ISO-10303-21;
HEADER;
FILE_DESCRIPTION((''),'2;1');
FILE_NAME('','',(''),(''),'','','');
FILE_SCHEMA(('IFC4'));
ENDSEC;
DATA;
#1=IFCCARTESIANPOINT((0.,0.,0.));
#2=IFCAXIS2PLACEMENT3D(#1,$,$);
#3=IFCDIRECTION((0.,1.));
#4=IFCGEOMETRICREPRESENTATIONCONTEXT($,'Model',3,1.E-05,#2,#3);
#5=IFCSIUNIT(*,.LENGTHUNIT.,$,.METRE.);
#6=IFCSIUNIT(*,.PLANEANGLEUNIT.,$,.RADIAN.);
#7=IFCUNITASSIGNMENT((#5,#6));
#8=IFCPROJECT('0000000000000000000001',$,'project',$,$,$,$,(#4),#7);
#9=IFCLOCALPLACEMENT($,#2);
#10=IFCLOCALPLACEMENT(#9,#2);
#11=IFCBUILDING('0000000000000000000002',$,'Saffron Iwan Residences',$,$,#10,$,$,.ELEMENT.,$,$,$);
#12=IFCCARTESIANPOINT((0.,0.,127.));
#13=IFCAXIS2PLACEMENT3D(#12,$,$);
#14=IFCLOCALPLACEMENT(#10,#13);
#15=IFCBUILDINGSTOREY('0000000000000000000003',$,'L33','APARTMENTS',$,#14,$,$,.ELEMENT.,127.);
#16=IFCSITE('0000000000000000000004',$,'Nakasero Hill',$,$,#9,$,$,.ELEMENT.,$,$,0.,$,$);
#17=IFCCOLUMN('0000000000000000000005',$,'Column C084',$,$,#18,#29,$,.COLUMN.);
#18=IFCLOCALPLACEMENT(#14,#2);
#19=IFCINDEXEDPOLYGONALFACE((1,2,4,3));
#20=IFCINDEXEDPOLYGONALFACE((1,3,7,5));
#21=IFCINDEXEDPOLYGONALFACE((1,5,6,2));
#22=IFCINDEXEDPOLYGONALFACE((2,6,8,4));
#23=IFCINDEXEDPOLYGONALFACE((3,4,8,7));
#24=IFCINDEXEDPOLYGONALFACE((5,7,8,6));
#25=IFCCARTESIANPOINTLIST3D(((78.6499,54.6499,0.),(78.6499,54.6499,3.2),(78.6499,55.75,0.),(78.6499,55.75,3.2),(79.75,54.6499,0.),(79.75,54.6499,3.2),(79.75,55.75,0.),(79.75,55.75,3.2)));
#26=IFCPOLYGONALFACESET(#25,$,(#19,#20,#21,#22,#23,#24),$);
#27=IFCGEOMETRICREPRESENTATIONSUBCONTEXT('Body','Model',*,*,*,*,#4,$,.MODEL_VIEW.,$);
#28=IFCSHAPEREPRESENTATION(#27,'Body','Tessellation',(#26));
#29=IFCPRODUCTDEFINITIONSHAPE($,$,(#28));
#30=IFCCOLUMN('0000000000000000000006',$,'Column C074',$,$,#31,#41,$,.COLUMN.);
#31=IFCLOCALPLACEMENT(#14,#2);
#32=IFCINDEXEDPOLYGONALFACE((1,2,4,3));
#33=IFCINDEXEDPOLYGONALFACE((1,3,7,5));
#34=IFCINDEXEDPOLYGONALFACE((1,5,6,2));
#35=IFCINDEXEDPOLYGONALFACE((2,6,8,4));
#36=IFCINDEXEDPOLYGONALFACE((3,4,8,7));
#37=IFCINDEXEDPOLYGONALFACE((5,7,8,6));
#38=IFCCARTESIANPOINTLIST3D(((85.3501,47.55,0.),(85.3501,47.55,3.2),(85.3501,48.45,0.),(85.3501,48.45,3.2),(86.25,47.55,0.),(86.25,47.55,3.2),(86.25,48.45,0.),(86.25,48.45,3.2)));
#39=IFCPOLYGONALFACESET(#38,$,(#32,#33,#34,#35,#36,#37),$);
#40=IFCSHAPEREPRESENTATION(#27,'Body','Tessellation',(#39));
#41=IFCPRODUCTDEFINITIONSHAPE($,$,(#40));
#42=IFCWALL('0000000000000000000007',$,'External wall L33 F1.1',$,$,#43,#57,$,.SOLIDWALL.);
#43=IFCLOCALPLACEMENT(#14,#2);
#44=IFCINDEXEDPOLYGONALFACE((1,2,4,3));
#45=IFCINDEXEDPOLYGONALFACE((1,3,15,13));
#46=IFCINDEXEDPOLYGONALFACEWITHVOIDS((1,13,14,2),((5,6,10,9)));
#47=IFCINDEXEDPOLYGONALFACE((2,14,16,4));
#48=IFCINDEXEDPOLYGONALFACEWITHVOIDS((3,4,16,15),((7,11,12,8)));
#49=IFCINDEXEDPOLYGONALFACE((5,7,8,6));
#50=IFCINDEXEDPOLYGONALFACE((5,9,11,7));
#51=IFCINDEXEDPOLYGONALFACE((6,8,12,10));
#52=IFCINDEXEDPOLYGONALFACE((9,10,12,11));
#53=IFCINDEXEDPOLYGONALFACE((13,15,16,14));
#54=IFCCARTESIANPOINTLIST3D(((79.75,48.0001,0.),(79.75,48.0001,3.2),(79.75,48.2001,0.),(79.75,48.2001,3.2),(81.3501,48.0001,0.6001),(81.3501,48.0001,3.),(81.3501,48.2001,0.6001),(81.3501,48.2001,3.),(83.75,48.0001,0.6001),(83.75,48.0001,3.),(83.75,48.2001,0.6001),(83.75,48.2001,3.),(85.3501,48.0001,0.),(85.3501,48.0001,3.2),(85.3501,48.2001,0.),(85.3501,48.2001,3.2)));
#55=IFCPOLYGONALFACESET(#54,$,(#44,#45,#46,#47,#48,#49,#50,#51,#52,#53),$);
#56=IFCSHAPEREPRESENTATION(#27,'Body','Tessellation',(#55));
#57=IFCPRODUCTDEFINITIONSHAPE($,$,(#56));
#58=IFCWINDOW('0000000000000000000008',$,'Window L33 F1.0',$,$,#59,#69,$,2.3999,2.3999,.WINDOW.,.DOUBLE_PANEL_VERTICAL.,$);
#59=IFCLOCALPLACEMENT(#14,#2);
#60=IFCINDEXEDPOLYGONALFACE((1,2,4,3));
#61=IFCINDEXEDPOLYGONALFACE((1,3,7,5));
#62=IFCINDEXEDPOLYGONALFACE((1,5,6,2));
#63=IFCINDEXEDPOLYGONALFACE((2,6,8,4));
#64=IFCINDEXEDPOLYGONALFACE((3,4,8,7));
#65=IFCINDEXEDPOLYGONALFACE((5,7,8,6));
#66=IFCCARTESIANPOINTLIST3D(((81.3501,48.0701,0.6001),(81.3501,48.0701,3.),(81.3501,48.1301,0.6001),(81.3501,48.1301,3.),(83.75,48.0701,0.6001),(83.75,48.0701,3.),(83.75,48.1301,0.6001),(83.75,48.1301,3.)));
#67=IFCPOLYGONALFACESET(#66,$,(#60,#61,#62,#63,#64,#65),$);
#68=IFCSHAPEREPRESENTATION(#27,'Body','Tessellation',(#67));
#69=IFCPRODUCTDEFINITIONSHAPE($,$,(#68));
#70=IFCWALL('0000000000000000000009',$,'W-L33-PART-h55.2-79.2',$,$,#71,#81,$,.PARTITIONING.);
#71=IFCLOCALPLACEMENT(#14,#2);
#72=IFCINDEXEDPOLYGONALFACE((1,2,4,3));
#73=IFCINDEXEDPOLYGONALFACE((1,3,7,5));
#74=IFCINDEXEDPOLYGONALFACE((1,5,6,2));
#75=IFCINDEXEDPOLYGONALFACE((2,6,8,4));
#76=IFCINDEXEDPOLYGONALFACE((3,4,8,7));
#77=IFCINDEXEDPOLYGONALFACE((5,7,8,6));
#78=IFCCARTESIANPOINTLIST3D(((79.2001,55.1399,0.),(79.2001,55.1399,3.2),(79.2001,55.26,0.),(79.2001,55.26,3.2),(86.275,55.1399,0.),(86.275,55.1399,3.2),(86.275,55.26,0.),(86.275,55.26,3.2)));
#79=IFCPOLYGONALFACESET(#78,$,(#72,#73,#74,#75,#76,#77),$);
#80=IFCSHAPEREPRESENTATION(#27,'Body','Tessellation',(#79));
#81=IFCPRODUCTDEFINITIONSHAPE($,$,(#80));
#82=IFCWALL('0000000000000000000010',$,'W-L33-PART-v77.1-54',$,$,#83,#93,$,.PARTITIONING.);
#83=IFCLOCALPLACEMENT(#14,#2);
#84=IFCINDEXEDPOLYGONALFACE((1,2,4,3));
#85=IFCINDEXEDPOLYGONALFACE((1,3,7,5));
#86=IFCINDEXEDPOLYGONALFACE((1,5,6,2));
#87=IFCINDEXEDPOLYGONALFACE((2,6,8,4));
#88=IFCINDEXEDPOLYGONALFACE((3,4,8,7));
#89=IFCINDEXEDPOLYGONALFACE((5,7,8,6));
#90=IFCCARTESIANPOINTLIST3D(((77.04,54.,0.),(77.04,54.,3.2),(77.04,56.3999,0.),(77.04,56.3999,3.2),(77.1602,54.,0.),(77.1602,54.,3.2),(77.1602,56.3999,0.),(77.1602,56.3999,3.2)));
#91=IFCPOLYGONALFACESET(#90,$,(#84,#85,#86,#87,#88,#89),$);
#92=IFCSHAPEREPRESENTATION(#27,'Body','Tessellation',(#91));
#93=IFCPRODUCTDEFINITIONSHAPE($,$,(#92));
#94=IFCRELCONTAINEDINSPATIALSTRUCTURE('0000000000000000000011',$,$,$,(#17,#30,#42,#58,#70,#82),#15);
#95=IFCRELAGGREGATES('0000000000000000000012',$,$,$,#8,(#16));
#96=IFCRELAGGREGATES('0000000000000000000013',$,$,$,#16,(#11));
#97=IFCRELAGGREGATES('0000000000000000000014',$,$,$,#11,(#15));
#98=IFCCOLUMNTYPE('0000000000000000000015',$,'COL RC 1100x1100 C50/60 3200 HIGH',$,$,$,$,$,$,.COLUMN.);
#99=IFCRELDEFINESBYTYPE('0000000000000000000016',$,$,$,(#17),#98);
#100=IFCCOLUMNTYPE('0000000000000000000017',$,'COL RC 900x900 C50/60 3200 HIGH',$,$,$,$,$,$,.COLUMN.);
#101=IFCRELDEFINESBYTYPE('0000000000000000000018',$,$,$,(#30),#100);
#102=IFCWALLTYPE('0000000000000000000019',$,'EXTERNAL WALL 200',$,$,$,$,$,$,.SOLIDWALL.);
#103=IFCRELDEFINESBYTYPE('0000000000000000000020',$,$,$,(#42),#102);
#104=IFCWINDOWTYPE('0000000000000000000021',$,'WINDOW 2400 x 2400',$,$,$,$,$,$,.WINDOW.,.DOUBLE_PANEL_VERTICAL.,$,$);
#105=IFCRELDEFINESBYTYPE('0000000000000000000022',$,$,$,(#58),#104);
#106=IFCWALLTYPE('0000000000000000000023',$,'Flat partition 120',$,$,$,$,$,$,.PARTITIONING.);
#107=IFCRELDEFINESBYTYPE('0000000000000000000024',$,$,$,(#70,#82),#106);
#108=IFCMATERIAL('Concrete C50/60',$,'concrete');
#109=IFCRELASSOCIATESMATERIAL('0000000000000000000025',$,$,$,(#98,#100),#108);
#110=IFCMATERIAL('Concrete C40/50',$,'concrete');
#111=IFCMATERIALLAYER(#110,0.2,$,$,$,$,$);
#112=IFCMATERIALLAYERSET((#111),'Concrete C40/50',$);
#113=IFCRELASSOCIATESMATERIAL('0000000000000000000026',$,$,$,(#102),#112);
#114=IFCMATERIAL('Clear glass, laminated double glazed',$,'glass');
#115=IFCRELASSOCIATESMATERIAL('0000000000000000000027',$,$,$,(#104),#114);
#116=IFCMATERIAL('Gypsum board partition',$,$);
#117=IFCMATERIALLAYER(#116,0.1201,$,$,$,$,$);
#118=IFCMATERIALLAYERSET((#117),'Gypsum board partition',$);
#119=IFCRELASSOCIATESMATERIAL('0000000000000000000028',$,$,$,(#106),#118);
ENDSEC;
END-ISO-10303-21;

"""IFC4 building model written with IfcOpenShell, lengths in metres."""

from ifc_helpers import new_model, si_unit, direction, frame, frame_2d, origin, origin_2d, place, context, subcontext, project, spatial, rectangle, extrude, source, transform, mapped, material, layer, layer_set, material_profile, profile_set, type_object, element, fill, save


model = new_model("IFC4")

# Units and contexts
model_context = context("Model", 3, precision=1e-05, world=origin(), true_north=direction((0.0, 1.0)))
body_context = subcontext(model_context, "Body", "Model", "MODEL_VIEW")
ifc_project = project(units=[si_unit("LENGTHUNIT", "METRE"), si_unit("PLANEANGLEUNIT", "RADIAN")], contexts=[model_context])

# Site, building, storey
site_placement = place(None, origin())
site = spatial("IfcSite", under=ifc_project, at=site_placement, Name="Nakasero Hill", CompositionType="ELEMENT", RefElevation=0.0)
building_placement = place(site_placement, origin())
building = spatial("IfcBuilding", under=site, at=building_placement, Name="Saffron Iwan Residences", CompositionType="ELEMENT")
storey_placement = place(building_placement, frame((0.0, 0.0, 127.0)))
storey = spatial("IfcBuildingStorey", under=building, at=storey_placement, Name="L33", Description="APARTMENTS", CompositionType="ELEMENT", Elevation=127.0)

# Columns
ifc_material_1 = material(Name="Concrete C50/60", Category="concrete")
ifc_material_profile_1 = material_profile(ifc_material_1, rectangle(XDim=1.1001, YDim=1.1001, at=origin_2d()), Name="RC 1100x1100")
ifc_profile_set_1 = profile_set([ifc_material_profile_1], Name="Concrete C50/60")
column_type_1 = type_object("IfcColumnType", Name="COL RC 1100x1100 C50/60 3200 HIGH", PredefinedType="COLUMN", material=ifc_profile_set_1)
shared_shape_1 = source(origin(), body_context, "Body", "SweptSolid", [
    extrude(rectangle(XDim=1.1001, YDim=1.1001, at=origin_2d()), origin(), (0.0, 0.0, 1.0), 3.2),
])
column_1_placement = place(storey_placement, frame((79.2, 55.2, 0.0), z_axis=(0.0, 0.0, 1.0), x_axis=(1.0, 0.0, 0.0)))
element("IfcColumn", 1, at=column_1_placement, inside=storey, type_object=column_type_1, Name="Column C084", PredefinedType="COLUMN", context=body_context, shape_type="MappedRepresentation", body=[
    mapped(shared_shape_1, transform((0.0, 0.0, 0.0))),
])
ifc_material_profile_2 = material_profile(ifc_material_1, rectangle(XDim=0.8999, YDim=0.8999, at=origin_2d()), Name="RC 900x900")
ifc_profile_set_2 = profile_set([ifc_material_profile_2], Name="Concrete C50/60")
column_type_2 = type_object("IfcColumnType", Name="COL RC 900x900 C50/60 3200 HIGH", PredefinedType="COLUMN", material=ifc_profile_set_2)
shared_shape_2 = source(origin(), body_context, "Body", "SweptSolid", [
    extrude(rectangle(XDim=0.8999, YDim=0.8999, at=origin_2d()), origin(), (0.0, 0.0, 1.0), 3.2),
])
column_2_placement = place(storey_placement, frame((85.8, 48.0, 0.0), z_axis=(0.0, 0.0, 1.0), x_axis=(1.0, 0.0, 0.0)))
element("IfcColumn", 2, at=column_2_placement, inside=storey, type_object=column_type_2, Name="Column C074", PredefinedType="COLUMN", context=body_context, shape_type="MappedRepresentation", body=[
    mapped(shared_shape_2, transform((0.0, 0.0, 0.0))),
])

# Wall, opening, window
ifc_material_2 = material(Name="Concrete C40/50", Category="concrete")
ifc_layer_1 = layer(ifc_material_2, 0.2)
ifc_layer_set_1 = layer_set([ifc_layer_1], Name="Concrete C40/50")
wall_type_1 = type_object("IfcWallType", Name="EXTERNAL WALL 200", PredefinedType="SOLIDWALL", material=ifc_layer_set_1)
wall_1_placement = place(storey_placement, frame((79.75, 48.1001, 0.0), z_axis=(0.0, 0.0, 1.0), x_axis=(1.0, 0.0, 0.0)))
wall_1 = element("IfcWall", 3, at=wall_1_placement, inside=storey, type_object=wall_type_1, Name="External wall L33 F1.1", PredefinedType="SOLIDWALL", context=body_context, shape_type="SweptSolid", body=[
    extrude(rectangle(XDim=5.6001, YDim=0.2, at=frame_2d((2.8, 0.0))), origin(), (0.0, 0.0, 1.0), 3.2),
])
opening_1_placement = place(wall_1_placement, frame((1.6001, 0.0, 0.6001)))
opening_1 = element("IfcOpeningElement", 4, at=opening_1_placement, cuts=wall_1, PredefinedType="OPENING", context=body_context, shape_type="SweptSolid", body=[
    extrude(rectangle(XDim=2.3999, YDim=2.3999, at=frame_2d((1.2, 1.2))), frame((0.0, 0.1099, 0.0), z_axis=(0.0, -1.0, 0.0), x_axis=(1.0, 0.0, 0.0)), (0.0, 0.0, 1.0), 0.22),
])
ifc_material_3 = material(Name="Clear glass, laminated double glazed", Category="glass")
window_type = type_object("IfcWindowType", Name="WINDOW 2400 x 2400", PartitioningType="DOUBLE_PANEL_VERTICAL", PredefinedType="WINDOW", material=ifc_material_3)
window_placement = place(opening_1_placement, origin())
window = element("IfcWindow", 5, at=window_placement, inside=storey, type_object=window_type, Name="Window L33 F1.0", OverallHeight=2.3999, OverallWidth=2.3999, PartitioningType="DOUBLE_PANEL_VERTICAL", PredefinedType="WINDOW", context=body_context, shape_type="SweptSolid", body=[
    extrude(rectangle(XDim=2.3999, YDim=2.3999, at=frame_2d((1.2, 1.2))), frame((0.0, 0.03, 0.0), z_axis=(0.0, -1.0, 0.0), x_axis=(1.0, 0.0, 0.0)), (0.0, 0.0, 1.0), 0.0601),
])
fill(opening_1, window)

# Walls
ifc_material_4 = material(Name="Gypsum board partition")
ifc_layer_2 = layer(ifc_material_4, 0.1201)
ifc_layer_set_2 = layer_set([ifc_layer_2], Name="Gypsum board partition")
wall_type_2 = type_object("IfcWallType", Name="Flat partition 120", PredefinedType="PARTITIONING", material=ifc_layer_set_2)
wall_2_placement = place(storey_placement, frame((79.2, 55.2, 0.0), z_axis=(0.0, 0.0, 1.0), x_axis=(1.0, 0.0, 0.0)))
element("IfcWall", 6, at=wall_2_placement, inside=storey, type_object=wall_type_2, Name="W-L33-PART-h55.2-79.2", PredefinedType="PARTITIONING", context=body_context, shape_type="SweptSolid", body=[
    extrude(rectangle(XDim=7.075, YDim=0.1201, at=frame_2d((3.5376, 0.0))), origin(), (0.0, 0.0, 1.0), 3.2),
])
wall_3_placement = place(storey_placement, frame((77.1001, 54.0, 0.0), z_axis=(0.0, 0.0, 1.0), x_axis=(0.0, 1.0, 0.0)))
element("IfcWall", 7, at=wall_3_placement, inside=storey, type_object=wall_type_2, Name="W-L33-PART-v77.1-54", PredefinedType="PARTITIONING", context=body_context, shape_type="SweptSolid", body=[
    extrude(rectangle(XDim=2.3999, YDim=0.1201, at=frame_2d((1.2, 0.0))), origin(), (0.0, 0.0, 1.0), 3.2),
])

save(model, "model.ifc")
